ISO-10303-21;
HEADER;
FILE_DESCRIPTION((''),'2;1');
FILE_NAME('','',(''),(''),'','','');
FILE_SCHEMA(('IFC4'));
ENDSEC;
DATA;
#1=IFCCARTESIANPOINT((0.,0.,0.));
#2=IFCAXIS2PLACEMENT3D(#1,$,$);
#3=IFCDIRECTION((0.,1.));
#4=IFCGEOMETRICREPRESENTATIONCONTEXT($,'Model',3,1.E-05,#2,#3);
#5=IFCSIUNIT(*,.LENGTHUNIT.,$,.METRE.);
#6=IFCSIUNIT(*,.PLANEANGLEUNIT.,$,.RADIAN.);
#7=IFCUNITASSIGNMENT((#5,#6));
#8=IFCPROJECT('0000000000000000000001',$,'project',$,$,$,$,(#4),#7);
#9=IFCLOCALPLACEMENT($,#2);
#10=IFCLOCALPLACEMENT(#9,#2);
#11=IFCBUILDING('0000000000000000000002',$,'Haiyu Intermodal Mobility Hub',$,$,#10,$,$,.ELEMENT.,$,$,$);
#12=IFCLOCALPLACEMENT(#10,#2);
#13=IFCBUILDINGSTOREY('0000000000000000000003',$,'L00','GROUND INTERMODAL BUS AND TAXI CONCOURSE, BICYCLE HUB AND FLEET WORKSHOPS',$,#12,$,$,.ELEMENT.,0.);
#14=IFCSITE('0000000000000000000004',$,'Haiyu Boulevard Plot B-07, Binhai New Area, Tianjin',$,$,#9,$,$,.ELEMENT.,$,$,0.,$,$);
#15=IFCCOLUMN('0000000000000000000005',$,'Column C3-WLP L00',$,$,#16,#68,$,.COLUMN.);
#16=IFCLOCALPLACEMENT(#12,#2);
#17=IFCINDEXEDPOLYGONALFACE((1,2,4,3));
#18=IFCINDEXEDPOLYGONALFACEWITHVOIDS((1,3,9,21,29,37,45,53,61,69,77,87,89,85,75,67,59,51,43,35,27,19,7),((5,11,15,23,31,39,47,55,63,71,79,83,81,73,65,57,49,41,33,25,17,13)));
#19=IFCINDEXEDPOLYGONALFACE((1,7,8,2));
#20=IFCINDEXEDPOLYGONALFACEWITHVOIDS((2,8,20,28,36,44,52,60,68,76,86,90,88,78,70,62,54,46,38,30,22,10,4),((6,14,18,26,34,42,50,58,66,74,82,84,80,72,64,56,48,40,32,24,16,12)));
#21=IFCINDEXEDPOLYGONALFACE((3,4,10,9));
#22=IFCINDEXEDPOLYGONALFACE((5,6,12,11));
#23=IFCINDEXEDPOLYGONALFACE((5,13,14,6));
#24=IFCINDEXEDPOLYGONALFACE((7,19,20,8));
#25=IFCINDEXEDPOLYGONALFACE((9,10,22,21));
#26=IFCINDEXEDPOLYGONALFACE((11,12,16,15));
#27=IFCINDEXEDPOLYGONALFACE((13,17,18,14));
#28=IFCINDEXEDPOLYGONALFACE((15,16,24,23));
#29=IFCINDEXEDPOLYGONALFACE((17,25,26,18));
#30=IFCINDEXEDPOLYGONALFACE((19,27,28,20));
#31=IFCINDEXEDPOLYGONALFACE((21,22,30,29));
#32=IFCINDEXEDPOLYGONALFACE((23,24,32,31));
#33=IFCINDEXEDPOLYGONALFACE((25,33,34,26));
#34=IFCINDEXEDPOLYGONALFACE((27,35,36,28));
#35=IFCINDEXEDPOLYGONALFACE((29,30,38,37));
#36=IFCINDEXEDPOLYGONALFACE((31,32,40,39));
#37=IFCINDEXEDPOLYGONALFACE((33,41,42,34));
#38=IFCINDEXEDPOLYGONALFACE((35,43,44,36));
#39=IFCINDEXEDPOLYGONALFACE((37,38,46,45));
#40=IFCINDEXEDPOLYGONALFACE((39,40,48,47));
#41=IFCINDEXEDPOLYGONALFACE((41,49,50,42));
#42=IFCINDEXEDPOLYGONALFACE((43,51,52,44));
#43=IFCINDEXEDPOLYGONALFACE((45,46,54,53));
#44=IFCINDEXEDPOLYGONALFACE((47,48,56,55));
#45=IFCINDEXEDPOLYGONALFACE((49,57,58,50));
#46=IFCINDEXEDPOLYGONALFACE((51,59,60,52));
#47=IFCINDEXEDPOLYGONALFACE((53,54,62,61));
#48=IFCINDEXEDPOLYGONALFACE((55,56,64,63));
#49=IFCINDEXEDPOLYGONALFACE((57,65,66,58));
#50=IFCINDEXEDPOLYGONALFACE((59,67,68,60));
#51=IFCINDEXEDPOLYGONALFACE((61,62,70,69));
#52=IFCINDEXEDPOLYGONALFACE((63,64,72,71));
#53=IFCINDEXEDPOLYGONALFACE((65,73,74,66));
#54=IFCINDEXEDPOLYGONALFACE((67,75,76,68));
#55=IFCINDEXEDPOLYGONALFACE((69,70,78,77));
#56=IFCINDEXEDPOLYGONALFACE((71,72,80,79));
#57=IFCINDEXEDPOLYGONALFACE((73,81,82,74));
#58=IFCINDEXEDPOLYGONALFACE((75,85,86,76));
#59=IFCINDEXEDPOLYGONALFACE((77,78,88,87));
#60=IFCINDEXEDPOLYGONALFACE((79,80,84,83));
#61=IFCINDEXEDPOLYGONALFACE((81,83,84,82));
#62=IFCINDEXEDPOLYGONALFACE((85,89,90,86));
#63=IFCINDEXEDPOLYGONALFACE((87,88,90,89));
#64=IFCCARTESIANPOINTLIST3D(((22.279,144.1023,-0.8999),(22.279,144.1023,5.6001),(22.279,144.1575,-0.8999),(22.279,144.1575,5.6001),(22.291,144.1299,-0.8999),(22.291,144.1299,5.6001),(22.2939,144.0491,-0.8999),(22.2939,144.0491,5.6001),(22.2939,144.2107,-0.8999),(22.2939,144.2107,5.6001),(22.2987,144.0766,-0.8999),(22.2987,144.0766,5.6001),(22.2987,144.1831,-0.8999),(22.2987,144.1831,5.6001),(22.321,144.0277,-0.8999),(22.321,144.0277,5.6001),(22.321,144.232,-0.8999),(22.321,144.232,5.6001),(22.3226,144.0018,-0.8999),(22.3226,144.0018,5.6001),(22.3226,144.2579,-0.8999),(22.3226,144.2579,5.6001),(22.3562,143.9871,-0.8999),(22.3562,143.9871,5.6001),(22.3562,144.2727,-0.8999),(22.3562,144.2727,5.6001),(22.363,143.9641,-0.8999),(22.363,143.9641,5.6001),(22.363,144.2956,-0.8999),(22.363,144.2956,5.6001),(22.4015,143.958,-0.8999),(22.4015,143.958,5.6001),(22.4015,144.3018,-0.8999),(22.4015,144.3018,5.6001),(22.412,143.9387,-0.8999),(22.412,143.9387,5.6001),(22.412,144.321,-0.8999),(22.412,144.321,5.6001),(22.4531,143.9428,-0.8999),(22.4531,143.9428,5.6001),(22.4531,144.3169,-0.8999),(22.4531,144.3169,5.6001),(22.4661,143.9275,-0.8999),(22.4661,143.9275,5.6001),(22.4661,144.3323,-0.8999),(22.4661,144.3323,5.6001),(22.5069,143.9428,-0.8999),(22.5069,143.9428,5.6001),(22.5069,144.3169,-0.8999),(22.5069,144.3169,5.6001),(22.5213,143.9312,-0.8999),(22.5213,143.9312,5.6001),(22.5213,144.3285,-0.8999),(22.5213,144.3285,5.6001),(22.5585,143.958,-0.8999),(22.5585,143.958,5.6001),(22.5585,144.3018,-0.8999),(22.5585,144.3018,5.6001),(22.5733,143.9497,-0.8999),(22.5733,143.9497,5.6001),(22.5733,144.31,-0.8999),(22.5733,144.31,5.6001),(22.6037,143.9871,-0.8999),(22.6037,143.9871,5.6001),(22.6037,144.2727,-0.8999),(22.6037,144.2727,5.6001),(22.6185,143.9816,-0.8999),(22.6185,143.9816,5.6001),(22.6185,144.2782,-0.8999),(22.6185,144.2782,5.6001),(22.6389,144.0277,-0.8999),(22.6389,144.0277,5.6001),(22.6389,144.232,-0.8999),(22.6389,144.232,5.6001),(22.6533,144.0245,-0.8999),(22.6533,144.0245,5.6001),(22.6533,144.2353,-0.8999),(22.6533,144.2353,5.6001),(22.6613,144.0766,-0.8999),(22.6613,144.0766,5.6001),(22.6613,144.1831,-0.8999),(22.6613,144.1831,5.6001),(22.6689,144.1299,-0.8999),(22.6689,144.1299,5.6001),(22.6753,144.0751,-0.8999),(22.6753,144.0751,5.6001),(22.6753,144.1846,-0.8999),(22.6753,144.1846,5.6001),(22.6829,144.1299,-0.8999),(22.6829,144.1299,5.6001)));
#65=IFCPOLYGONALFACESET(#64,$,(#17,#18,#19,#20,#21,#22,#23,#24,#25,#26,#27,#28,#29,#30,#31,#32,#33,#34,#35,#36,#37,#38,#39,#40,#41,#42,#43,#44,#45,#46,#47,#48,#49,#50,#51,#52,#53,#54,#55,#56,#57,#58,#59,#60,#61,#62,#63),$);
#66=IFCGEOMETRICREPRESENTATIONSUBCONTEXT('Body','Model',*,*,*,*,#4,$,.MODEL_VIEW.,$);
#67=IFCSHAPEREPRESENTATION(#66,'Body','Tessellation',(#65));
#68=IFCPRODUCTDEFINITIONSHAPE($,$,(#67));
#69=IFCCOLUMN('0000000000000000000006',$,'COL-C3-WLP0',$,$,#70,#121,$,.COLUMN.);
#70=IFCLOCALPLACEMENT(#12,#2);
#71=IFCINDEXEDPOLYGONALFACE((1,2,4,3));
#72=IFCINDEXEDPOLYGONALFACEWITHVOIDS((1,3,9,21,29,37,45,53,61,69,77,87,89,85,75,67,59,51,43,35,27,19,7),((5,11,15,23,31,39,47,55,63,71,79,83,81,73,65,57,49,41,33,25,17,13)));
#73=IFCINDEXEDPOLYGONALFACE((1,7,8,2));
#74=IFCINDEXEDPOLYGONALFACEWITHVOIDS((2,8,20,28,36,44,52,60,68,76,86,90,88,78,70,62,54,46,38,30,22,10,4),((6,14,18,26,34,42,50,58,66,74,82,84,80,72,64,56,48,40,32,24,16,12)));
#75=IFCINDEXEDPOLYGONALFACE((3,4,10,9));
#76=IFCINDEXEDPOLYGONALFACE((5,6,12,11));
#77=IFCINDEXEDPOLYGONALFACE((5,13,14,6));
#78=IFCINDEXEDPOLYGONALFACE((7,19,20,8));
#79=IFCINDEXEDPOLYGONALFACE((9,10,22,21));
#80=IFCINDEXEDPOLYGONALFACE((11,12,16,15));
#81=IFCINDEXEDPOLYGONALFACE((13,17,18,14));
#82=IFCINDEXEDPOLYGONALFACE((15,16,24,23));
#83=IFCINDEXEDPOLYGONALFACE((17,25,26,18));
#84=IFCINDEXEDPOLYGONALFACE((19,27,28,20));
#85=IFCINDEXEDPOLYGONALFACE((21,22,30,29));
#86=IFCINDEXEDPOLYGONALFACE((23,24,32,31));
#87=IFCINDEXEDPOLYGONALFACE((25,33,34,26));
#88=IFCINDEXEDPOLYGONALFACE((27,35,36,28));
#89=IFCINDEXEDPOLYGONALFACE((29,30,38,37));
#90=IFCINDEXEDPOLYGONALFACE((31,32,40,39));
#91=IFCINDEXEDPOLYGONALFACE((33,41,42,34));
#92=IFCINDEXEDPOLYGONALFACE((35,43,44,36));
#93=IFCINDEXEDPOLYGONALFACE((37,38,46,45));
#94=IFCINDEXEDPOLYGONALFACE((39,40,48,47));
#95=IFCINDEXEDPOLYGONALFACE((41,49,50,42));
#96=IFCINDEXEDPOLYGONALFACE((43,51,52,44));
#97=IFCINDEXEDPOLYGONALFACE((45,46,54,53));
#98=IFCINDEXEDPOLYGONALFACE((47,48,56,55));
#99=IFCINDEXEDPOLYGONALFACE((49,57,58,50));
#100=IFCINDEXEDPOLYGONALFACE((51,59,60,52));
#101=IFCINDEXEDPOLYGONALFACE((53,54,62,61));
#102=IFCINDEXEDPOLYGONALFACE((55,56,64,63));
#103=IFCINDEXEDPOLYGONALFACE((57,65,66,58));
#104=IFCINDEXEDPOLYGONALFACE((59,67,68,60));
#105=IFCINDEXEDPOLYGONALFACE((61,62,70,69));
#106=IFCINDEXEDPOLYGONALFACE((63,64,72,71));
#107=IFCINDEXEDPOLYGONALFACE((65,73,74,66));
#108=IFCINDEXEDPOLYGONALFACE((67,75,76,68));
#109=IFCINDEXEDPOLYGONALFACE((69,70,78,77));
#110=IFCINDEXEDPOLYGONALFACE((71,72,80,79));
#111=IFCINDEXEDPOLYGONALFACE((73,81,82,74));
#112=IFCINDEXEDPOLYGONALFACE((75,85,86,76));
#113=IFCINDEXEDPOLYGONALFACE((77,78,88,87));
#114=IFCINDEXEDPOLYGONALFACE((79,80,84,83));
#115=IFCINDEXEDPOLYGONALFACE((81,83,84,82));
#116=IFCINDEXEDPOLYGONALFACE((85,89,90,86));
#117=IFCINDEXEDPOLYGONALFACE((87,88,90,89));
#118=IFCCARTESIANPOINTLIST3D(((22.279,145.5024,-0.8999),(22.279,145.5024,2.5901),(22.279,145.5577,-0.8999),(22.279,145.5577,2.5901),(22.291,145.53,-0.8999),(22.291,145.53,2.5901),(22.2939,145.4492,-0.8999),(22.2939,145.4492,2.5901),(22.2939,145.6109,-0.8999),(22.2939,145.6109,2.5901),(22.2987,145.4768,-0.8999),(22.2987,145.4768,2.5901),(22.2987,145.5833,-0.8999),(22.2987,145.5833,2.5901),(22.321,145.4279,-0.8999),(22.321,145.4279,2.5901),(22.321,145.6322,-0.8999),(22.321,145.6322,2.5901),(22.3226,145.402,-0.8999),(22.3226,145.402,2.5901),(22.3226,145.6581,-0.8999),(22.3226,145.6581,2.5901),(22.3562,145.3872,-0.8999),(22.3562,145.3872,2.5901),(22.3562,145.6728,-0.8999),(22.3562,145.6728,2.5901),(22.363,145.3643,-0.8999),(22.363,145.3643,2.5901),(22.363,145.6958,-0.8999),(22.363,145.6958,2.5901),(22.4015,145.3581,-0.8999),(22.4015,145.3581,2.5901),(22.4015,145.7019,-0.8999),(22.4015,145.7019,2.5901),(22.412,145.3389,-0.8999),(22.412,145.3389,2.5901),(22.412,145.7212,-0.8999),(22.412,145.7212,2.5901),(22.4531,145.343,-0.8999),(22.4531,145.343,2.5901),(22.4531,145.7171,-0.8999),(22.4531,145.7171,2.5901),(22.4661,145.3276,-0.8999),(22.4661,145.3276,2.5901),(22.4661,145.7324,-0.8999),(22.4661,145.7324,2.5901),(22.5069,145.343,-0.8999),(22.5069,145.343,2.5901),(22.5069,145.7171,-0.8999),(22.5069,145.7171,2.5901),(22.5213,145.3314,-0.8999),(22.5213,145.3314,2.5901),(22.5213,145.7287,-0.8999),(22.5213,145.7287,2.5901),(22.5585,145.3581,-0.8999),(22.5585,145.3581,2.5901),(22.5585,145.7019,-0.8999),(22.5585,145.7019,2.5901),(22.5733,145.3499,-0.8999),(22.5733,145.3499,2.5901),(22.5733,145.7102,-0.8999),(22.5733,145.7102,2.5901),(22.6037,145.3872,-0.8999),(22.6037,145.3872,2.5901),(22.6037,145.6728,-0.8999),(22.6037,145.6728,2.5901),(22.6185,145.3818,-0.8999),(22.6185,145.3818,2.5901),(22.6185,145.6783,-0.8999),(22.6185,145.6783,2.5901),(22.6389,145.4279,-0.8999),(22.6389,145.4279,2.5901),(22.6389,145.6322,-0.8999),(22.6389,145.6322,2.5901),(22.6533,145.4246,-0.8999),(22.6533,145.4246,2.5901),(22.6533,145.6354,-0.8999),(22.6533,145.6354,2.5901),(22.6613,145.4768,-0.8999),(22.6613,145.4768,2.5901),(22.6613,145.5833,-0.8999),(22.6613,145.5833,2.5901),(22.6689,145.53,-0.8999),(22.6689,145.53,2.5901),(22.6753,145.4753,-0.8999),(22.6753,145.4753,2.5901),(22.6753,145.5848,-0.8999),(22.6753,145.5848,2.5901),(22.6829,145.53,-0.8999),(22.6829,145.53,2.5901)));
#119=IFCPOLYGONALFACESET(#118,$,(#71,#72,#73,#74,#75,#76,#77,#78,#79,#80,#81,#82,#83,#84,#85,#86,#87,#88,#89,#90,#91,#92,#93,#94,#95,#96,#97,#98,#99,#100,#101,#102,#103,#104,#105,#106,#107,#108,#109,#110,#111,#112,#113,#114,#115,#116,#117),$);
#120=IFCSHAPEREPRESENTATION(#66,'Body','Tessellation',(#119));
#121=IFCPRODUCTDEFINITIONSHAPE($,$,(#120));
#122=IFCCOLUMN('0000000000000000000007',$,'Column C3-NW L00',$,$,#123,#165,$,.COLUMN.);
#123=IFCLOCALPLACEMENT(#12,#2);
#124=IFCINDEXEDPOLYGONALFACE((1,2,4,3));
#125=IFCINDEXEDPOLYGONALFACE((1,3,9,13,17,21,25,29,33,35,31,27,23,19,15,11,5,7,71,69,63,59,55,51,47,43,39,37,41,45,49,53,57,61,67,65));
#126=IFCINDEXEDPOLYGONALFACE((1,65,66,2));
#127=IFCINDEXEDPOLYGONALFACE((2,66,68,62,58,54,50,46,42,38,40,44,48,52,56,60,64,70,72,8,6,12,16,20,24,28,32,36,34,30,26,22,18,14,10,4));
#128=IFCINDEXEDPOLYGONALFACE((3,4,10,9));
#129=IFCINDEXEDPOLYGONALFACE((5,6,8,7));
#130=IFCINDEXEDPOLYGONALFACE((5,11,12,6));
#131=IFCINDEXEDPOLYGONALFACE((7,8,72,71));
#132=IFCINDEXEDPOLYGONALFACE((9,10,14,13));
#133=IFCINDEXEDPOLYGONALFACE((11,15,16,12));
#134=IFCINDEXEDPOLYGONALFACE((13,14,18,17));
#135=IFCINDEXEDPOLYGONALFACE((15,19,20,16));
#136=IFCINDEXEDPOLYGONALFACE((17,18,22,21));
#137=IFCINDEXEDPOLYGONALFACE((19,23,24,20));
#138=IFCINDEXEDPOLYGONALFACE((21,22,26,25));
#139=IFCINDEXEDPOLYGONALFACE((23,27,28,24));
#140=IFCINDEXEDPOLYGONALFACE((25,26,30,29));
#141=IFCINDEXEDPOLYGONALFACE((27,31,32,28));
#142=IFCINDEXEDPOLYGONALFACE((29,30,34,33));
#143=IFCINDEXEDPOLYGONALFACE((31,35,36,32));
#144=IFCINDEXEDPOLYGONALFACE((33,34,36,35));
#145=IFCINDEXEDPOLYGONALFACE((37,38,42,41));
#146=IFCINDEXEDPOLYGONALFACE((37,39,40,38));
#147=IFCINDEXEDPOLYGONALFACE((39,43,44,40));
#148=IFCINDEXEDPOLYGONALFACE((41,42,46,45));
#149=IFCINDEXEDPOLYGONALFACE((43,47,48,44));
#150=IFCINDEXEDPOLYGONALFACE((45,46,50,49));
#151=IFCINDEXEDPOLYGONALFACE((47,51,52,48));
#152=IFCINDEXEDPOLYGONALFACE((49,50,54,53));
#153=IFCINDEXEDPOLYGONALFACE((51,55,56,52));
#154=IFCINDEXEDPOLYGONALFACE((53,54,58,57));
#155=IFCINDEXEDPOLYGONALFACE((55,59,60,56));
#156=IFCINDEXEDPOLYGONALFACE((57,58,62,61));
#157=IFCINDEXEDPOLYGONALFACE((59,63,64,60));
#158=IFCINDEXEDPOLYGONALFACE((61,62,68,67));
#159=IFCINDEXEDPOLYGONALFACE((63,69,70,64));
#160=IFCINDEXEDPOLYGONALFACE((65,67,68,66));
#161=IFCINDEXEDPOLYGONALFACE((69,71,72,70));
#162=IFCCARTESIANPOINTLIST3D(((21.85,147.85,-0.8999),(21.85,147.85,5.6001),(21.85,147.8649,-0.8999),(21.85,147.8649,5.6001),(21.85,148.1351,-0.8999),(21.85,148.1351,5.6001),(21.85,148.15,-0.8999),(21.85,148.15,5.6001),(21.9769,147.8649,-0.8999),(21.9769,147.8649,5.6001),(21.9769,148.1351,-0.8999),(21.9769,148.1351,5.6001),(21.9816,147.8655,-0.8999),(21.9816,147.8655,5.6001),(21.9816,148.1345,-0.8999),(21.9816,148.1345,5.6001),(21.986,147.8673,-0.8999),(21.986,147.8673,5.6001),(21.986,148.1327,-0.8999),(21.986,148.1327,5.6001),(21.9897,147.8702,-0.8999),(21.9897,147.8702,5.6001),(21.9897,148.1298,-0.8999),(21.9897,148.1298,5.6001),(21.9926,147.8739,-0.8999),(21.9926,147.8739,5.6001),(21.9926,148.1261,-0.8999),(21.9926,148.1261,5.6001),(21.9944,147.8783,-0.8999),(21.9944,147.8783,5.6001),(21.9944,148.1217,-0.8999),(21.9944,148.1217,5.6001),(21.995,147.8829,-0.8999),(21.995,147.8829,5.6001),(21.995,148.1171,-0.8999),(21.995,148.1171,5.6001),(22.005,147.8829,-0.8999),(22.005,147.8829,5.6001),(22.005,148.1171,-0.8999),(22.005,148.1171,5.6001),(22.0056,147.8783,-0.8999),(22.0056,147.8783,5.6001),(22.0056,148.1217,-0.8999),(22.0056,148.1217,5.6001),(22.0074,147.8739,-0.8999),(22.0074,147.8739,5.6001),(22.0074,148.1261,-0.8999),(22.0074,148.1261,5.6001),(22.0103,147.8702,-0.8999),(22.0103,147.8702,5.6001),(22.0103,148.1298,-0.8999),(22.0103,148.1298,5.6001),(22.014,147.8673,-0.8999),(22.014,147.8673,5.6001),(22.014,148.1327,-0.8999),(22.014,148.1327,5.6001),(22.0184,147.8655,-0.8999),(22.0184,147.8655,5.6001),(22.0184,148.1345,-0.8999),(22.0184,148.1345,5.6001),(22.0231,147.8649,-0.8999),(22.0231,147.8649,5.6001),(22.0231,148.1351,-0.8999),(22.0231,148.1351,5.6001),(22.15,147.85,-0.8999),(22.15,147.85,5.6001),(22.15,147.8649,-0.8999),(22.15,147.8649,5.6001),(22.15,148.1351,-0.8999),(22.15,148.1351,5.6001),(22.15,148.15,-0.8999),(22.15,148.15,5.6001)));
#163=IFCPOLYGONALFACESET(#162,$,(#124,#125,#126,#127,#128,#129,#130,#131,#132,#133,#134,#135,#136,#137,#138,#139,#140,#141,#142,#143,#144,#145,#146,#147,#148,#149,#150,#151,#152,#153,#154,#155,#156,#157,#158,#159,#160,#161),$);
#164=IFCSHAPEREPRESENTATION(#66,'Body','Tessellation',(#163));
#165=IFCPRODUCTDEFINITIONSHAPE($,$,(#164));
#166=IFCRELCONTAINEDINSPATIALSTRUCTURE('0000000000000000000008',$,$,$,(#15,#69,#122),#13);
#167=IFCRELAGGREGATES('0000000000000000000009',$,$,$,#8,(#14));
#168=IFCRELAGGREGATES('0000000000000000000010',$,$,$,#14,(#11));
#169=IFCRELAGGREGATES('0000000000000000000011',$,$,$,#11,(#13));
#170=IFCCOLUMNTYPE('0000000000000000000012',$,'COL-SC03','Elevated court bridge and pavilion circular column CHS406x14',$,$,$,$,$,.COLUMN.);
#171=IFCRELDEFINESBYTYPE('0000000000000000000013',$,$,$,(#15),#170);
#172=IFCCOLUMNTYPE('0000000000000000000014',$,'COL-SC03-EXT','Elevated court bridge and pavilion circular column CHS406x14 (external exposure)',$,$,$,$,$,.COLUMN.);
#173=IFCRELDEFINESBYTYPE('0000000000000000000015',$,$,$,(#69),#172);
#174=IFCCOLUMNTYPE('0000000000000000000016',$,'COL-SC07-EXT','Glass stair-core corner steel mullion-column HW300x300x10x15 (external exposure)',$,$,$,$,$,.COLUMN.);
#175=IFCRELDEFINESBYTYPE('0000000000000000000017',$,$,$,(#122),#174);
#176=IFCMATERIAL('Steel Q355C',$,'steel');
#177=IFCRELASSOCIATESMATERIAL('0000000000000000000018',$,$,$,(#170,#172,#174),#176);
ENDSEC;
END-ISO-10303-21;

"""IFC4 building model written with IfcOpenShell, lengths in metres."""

from ifc_helpers import new_model, si_unit, direction, frame, origin, origin_2d, place, context, subcontext, project, spatial, hollow_circle, i_section, extrude, material, material_profile, profile_set, type_object, element, save


model = new_model("IFC4")

# Units and contexts
model_context = context("Model", 3, precision=1e-05, world=origin(), true_north=direction((0.0, 1.0)))
body_context = subcontext(model_context, "Body", "Model", "MODEL_VIEW")
ifc_project = project(units=[si_unit("LENGTHUNIT", "METRE"), si_unit("PLANEANGLEUNIT", "RADIAN")], contexts=[model_context])

# Site, building, storey
site_placement = place(None, origin())
site = spatial("IfcSite", under=ifc_project, at=site_placement, Name="Haiyu Boulevard Plot B-07, Binhai New Area, Tianjin", CompositionType="ELEMENT", RefElevation=0.0)
building_placement = place(site_placement, origin())
building = spatial("IfcBuilding", under=site, at=building_placement, Name="Haiyu Intermodal Mobility Hub", CompositionType="ELEMENT")
storey_placement = place(building_placement, origin())
storey = spatial("IfcBuildingStorey", under=building, at=storey_placement, Name="L00", Description="GROUND INTERMODAL BUS AND TAXI CONCOURSE, BICYCLE HUB AND FLEET WORKSHOPS", CompositionType="ELEMENT", Elevation=0.0)

# Columns
ifc_material_1 = material(Name="Steel Q355C", Category="steel")
ifc_material_profile_1 = material_profile(ifc_material_1, hollow_circle(Radius=0.2029, WallThickness=0.0139, at=origin_2d()), Name="CHS406x14")
ifc_profile_set_1 = profile_set([ifc_material_profile_1], Name="Steel Q355C")
column_type_1 = type_object("IfcColumnType", Name="COL-SC03", Description="Elevated court bridge and pavilion circular column CHS406x14", PredefinedType="COLUMN", material=ifc_profile_set_1)
column_1_placement = place(storey_placement, frame((22.48, 144.1299, -0.8999), z_axis=(0.0, 0.0, 1.0), x_axis=(1.0, 0.0, 0.0)))
element("IfcColumn", 1, at=column_1_placement, inside=storey, type_object=column_type_1, Name="Column C3-WLP L00", PredefinedType="COLUMN", context=body_context, shape_type="SweptSolid", body=[
    extrude(hollow_circle(Radius=0.2029, WallThickness=0.0139, at=origin_2d()), origin(), (0.0, 0.0, 1.0), 6.5),
])
ifc_material_profile_2 = material_profile(ifc_material_1, hollow_circle(Radius=0.2029, WallThickness=0.0139, at=origin_2d()), Name="CHS406x14")
ifc_profile_set_2 = profile_set([ifc_material_profile_2], Name="Steel Q355C")
column_type_2 = type_object("IfcColumnType", Name="COL-SC03-EXT", Description="Elevated court bridge and pavilion circular column CHS406x14 (external exposure)", PredefinedType="COLUMN", material=ifc_profile_set_2)
column_2_placement = place(storey_placement, frame((22.48, 145.53, -0.8999), z_axis=(0.0, 0.0, 1.0), x_axis=(1.0, 0.0, 0.0)))
element("IfcColumn", 2, at=column_2_placement, inside=storey, type_object=column_type_2, Name="COL-C3-WLP0", PredefinedType="COLUMN", context=body_context, shape_type="SweptSolid", body=[
    extrude(hollow_circle(Radius=0.2029, WallThickness=0.0139, at=origin_2d()), origin(), (0.0, 0.0, 1.0), 3.49),
])
ifc_material_profile_3 = material_profile(ifc_material_1, i_section(OverallWidth=0.3, OverallDepth=0.3, WebThickness=0.01, FlangeThickness=0.0149, FilletRadius=0.0181, at=origin_2d()), Name="HW300x300x10x15")
ifc_profile_set_3 = profile_set([ifc_material_profile_3], Name="Steel Q355C")
column_type_3 = type_object("IfcColumnType", Name="COL-SC07-EXT", Description="Glass stair-core corner steel mullion-column HW300x300x10x15 (external exposure)", PredefinedType="COLUMN", material=ifc_profile_set_3)
column_3_placement = place(storey_placement, frame((22.0, 148.0, -0.8999), z_axis=(0.0, 0.0, 1.0), x_axis=(1.0, 0.0, 0.0)))
element("IfcColumn", 3, at=column_3_placement, inside=storey, type_object=column_type_3, Name="Column C3-NW L00", PredefinedType="COLUMN", context=body_context, shape_type="SweptSolid", body=[
    extrude(i_section(OverallWidth=0.3, OverallDepth=0.3, WebThickness=0.01, FlangeThickness=0.0149, FilletRadius=0.0181, at=origin_2d()), origin(), (0.0, 0.0, 1.0), 6.5),
])

save(model, "model.ifc")
